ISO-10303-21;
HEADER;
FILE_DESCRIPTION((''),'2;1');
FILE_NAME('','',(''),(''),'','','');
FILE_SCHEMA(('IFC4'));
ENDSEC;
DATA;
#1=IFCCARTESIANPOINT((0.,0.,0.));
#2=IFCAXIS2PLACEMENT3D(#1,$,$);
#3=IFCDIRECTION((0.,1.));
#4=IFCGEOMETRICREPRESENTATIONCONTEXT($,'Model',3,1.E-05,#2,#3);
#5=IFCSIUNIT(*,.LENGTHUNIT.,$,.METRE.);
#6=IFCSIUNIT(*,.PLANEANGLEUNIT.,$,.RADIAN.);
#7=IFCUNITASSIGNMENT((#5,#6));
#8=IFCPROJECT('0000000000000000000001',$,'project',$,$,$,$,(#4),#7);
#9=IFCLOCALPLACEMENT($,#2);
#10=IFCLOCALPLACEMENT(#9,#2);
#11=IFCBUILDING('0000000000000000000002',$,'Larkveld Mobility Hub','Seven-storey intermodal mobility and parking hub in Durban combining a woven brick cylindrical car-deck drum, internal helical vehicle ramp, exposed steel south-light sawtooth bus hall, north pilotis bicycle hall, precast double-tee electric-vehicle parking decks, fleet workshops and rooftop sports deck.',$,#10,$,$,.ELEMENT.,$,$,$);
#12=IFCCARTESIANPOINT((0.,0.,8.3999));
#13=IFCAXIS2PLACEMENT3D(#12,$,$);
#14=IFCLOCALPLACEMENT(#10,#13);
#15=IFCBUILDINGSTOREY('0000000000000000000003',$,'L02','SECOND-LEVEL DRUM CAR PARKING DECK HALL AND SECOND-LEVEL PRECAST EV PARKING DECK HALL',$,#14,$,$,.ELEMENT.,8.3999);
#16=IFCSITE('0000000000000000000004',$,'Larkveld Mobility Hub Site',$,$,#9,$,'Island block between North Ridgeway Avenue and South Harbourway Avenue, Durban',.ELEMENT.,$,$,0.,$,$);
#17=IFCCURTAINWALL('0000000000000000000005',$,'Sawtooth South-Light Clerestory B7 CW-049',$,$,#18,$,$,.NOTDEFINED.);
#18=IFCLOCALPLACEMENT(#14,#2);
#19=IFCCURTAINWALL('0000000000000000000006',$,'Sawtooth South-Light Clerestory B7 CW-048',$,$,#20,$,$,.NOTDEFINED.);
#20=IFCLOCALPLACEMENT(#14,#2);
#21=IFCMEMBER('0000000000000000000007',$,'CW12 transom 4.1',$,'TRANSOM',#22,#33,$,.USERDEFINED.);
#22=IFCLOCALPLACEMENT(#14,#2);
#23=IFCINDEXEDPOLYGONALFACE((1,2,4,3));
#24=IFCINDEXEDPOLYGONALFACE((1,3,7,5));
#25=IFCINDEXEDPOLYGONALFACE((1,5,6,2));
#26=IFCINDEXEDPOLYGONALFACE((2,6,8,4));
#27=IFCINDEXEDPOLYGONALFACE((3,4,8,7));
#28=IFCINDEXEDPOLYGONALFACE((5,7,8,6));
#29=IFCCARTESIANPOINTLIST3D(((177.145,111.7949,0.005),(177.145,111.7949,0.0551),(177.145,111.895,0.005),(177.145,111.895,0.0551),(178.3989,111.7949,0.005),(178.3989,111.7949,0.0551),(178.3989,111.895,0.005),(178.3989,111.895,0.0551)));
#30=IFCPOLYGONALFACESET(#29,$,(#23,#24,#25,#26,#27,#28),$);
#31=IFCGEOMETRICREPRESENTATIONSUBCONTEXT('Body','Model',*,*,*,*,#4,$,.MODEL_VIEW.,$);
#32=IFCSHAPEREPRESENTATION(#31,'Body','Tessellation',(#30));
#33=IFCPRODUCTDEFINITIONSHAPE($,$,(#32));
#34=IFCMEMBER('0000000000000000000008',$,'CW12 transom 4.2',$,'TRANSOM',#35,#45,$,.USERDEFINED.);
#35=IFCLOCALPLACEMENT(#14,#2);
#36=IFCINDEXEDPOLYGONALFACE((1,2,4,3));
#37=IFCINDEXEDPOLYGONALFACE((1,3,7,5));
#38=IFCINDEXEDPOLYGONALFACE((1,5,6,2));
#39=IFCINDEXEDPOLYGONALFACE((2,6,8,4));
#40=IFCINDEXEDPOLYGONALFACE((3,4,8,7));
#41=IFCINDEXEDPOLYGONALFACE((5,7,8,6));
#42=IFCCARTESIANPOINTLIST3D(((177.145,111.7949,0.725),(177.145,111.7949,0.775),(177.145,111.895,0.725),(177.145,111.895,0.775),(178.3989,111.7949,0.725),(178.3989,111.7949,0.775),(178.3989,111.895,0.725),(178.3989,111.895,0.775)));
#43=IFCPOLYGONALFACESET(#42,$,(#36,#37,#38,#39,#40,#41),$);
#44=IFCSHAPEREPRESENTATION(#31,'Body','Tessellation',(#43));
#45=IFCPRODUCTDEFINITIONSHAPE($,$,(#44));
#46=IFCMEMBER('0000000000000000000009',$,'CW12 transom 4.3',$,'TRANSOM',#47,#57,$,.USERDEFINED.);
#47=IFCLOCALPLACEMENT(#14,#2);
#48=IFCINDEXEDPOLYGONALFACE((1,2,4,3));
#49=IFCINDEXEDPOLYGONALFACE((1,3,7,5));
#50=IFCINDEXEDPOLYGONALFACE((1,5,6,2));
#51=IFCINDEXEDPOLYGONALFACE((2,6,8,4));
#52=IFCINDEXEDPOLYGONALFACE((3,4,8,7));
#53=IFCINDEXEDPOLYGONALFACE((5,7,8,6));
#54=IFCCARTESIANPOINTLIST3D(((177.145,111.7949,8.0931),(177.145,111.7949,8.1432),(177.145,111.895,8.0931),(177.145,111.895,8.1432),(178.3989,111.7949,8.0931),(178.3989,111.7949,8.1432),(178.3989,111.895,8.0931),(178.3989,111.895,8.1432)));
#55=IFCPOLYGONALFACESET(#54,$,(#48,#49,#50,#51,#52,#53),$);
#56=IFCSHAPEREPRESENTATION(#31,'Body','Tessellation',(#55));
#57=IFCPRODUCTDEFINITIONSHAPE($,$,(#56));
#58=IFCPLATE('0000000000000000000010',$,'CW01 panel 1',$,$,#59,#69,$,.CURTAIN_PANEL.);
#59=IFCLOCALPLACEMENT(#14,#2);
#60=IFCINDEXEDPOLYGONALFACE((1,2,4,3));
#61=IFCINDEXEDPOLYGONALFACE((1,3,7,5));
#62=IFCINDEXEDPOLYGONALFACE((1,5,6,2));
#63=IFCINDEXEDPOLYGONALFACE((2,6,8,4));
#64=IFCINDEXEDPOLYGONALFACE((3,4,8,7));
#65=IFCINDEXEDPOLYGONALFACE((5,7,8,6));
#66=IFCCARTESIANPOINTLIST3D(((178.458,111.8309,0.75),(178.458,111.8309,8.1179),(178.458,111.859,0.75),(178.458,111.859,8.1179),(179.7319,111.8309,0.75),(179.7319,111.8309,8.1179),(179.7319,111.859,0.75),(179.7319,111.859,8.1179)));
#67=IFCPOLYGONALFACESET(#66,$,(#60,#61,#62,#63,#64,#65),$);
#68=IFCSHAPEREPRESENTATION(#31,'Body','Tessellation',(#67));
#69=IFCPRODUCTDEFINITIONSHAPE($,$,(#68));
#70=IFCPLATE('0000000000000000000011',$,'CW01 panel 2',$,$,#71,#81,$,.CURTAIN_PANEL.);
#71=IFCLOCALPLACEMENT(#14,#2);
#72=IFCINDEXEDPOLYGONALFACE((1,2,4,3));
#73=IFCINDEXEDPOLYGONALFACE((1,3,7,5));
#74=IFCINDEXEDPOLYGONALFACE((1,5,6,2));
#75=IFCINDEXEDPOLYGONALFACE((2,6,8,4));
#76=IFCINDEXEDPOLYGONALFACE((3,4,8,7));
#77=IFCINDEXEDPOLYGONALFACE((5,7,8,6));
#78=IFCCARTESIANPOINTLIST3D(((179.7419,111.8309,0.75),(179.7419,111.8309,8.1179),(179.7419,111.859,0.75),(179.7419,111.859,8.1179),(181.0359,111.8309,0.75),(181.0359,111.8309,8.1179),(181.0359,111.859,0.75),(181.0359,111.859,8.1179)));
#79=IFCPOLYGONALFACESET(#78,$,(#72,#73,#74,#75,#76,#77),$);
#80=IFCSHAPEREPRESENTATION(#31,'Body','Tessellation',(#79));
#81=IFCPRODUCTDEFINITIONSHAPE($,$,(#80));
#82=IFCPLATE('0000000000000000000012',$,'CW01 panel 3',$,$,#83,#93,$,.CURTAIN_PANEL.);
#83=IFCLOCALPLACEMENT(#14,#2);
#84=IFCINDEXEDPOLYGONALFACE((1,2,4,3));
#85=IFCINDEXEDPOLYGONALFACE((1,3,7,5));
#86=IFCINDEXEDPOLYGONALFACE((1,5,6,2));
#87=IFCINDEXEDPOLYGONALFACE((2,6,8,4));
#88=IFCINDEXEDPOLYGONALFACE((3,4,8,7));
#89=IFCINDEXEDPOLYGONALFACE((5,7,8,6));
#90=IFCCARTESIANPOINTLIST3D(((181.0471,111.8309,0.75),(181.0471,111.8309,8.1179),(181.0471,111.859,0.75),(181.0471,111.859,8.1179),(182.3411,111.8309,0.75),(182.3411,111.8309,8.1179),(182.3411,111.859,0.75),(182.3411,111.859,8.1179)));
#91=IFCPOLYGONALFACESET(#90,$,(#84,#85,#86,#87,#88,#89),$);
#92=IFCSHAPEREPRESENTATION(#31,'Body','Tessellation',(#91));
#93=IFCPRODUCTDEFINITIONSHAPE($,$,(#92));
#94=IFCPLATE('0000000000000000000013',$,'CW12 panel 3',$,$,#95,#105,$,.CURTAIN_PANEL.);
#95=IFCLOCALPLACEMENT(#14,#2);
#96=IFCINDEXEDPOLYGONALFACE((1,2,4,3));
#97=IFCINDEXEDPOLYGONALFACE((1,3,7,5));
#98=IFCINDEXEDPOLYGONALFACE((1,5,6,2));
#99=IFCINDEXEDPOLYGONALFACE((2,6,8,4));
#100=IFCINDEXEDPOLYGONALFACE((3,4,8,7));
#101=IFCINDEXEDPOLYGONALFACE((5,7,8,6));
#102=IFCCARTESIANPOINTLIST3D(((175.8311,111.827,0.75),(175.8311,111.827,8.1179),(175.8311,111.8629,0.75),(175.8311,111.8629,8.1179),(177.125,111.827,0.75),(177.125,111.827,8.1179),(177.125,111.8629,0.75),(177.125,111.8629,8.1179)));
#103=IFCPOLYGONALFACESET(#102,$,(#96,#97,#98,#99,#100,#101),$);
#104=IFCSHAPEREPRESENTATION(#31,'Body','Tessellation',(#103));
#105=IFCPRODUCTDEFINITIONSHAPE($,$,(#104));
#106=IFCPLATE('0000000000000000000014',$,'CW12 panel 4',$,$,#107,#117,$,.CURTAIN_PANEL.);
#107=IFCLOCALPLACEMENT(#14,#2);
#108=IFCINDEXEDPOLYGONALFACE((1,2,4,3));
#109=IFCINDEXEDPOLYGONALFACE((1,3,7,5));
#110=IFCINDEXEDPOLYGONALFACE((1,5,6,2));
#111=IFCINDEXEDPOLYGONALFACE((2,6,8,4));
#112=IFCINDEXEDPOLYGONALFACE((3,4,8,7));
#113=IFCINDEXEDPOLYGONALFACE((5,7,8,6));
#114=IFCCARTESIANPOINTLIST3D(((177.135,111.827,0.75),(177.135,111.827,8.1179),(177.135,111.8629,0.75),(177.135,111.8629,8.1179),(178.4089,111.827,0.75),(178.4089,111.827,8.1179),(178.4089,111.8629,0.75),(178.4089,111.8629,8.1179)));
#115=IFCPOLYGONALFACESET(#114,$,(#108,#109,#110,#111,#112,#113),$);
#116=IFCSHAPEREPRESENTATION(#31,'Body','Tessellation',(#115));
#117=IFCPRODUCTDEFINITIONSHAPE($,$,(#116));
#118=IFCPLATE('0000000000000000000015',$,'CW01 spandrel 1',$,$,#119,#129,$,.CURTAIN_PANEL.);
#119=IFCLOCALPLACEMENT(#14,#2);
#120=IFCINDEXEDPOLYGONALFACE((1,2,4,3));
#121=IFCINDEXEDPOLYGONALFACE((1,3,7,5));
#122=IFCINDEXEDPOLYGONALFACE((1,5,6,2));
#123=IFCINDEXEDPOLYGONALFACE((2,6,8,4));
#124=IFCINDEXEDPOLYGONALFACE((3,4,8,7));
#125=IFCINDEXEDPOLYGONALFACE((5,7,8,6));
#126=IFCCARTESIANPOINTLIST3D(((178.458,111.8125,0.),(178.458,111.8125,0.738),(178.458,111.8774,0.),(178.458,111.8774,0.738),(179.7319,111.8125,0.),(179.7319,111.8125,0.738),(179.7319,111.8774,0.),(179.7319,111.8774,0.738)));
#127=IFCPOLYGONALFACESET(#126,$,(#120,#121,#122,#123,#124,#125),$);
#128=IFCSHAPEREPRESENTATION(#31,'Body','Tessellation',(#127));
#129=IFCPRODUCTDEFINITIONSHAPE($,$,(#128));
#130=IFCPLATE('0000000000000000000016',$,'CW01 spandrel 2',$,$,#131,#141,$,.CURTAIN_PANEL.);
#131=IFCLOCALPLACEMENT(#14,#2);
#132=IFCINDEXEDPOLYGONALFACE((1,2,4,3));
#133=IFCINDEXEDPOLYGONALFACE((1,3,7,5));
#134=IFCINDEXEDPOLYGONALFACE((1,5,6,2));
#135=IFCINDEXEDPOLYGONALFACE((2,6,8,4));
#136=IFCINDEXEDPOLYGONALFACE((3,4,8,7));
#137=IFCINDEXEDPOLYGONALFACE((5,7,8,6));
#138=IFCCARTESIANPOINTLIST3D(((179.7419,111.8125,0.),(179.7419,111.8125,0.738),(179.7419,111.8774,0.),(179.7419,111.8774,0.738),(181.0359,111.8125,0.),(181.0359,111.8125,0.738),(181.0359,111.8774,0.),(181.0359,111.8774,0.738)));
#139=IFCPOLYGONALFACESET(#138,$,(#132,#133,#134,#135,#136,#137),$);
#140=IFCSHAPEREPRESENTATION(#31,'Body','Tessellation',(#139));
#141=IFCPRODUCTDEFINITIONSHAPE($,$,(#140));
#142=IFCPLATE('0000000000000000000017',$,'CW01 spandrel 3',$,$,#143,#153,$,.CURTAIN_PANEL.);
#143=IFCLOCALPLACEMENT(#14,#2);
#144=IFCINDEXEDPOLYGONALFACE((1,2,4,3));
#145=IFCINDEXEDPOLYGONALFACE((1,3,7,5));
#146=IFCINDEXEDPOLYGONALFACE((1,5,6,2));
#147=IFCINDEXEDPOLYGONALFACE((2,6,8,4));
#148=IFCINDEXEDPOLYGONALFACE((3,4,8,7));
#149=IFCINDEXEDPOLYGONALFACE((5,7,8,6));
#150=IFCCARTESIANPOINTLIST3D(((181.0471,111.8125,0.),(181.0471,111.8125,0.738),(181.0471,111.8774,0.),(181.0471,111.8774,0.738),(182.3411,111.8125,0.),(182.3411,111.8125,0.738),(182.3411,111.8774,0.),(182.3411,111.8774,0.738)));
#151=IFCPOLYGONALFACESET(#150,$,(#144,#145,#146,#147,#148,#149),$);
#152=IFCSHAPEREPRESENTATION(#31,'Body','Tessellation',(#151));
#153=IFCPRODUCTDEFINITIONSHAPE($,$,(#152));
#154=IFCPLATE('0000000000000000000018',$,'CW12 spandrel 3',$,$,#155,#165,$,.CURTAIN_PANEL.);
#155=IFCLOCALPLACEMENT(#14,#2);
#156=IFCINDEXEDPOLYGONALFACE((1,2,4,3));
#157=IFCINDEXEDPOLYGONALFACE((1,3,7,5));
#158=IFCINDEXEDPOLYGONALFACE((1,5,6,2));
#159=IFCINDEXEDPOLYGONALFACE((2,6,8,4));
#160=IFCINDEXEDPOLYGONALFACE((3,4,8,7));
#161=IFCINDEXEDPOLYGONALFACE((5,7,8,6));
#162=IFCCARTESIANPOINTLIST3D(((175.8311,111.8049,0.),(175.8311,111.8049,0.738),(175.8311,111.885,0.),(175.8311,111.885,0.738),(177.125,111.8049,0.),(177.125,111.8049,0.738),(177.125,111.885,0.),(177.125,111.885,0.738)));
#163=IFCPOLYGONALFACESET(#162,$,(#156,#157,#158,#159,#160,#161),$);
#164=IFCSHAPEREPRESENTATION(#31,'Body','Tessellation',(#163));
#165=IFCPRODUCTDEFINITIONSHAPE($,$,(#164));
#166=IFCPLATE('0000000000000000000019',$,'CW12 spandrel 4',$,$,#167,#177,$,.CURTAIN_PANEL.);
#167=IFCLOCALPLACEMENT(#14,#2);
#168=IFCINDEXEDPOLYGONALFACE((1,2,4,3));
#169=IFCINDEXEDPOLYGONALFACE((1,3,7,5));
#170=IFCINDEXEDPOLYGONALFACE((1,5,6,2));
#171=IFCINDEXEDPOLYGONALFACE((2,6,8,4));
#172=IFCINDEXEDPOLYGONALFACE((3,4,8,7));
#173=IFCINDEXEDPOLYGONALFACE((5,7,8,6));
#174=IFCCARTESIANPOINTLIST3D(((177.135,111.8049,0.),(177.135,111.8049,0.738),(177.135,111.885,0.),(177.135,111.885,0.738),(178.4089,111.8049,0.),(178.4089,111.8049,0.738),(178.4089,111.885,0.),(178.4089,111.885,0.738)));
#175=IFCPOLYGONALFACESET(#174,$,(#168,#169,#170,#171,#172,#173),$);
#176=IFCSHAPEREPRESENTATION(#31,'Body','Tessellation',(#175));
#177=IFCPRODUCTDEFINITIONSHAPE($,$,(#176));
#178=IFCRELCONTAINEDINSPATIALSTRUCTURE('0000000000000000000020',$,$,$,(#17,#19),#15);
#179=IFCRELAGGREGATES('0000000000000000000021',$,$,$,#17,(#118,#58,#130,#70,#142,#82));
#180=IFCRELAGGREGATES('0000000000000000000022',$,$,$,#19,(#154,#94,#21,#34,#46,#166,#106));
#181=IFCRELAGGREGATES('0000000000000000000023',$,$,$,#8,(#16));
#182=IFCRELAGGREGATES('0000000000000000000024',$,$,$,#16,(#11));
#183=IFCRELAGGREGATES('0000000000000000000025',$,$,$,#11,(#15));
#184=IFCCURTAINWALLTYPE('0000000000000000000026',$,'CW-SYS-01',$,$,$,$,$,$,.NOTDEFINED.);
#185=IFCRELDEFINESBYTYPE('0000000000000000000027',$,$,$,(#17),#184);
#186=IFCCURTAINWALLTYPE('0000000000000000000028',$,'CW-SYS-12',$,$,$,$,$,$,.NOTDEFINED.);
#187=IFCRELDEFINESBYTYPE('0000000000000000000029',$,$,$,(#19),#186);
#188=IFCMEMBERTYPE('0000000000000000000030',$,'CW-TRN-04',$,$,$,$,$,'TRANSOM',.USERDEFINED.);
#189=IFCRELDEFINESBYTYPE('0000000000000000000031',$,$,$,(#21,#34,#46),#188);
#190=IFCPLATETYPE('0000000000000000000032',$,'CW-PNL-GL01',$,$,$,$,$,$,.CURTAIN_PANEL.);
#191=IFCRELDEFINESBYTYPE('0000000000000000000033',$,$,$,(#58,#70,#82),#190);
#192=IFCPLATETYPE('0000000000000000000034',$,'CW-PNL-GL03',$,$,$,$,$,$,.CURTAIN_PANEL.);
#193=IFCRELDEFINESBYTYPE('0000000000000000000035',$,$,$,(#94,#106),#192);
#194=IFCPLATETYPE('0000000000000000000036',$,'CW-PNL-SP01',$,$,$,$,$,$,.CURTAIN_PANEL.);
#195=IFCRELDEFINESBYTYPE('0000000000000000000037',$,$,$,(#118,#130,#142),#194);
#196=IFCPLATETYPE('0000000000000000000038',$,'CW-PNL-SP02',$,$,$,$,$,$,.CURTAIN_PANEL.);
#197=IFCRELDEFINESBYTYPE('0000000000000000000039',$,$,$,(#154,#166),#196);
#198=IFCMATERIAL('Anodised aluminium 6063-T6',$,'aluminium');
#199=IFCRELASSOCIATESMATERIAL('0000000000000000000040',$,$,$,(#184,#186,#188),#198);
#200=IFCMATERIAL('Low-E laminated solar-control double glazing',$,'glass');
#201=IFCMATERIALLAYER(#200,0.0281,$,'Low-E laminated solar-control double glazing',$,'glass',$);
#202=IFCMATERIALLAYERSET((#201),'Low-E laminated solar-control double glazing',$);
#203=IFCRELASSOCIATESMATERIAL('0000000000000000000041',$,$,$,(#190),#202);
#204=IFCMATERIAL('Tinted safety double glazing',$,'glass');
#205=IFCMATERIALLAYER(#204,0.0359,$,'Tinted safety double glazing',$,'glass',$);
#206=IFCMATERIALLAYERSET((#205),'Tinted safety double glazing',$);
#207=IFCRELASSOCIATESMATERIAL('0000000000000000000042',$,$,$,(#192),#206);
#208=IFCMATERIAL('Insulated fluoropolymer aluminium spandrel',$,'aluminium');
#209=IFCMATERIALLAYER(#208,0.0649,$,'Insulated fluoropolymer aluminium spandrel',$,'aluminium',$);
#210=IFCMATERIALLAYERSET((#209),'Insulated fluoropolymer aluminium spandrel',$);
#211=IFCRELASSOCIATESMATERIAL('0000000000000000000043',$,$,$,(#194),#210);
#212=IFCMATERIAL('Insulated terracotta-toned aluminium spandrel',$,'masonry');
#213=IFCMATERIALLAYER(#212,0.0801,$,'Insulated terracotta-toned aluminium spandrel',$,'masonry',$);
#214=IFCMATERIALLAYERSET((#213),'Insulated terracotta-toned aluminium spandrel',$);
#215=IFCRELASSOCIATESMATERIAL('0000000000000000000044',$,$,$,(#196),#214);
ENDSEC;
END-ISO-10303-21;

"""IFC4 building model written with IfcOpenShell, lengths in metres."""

from ifc_helpers import new_model, si_unit, direction, frame, origin, origin_2d, place, context, subcontext, project, spatial, rectangle, extrude, material, layer, layer_set, material_profile, profile_set, type_object, element, aggregate, save


model = new_model("IFC4")

# Units and contexts
model_context = context("Model", 3, precision=1e-05, world=origin(), true_north=direction((0.0, 1.0)))
body_context = subcontext(model_context, "Body", "Model", "MODEL_VIEW")
ifc_project = project(units=[si_unit("LENGTHUNIT", "METRE"), si_unit("PLANEANGLEUNIT", "RADIAN")], contexts=[model_context])

# Site, building, storey
site_placement = place(None, origin())
site = spatial("IfcSite", under=ifc_project, at=site_placement, Name="Larkveld Mobility Hub Site", LongName="Island block between North Ridgeway Avenue and South Harbourway Avenue, Durban", CompositionType="ELEMENT", RefElevation=0.0)
building_placement = place(site_placement, origin())
building = spatial("IfcBuilding", under=site, at=building_placement, Name="Larkveld Mobility Hub", Description="Seven-storey intermodal mobility and parking hub in Durban combining a woven brick cylindrical car-deck drum, internal helical vehicle ramp, exposed steel south-light sawtooth bus hall, north pilotis bicycle hall, precast double-tee electric-vehicle parking decks, fleet workshops and rooftop sports deck.", CompositionType="ELEMENT")
storey_placement = place(building_placement, frame((0.0, 0.0, 8.3999)))
storey = spatial("IfcBuildingStorey", under=building, at=storey_placement, Name="L02", Description="SECOND-LEVEL DRUM CAR PARKING DECK HALL AND SECOND-LEVEL PRECAST EV PARKING DECK HALL", CompositionType="ELEMENT", Elevation=8.3999)

# Curtain walls
ifc_material_1 = material(Name="Anodised aluminium 6063-T6", Category="aluminium")
curtain_wall_type_1 = type_object("IfcCurtainWallType", Name="CW-SYS-01", PredefinedType="NOTDEFINED", material=ifc_material_1)
curtain_wall_1_placement = place(storey_placement, origin())
curtain_wall_1 = element("IfcCurtainWall", 1, at=curtain_wall_1_placement, inside=storey, type_object=curtain_wall_type_1, Name="Sawtooth South-Light Clerestory B7 CW-049", PredefinedType="NOTDEFINED")
curtain_wall_type_2 = type_object("IfcCurtainWallType", Name="CW-SYS-12", PredefinedType="NOTDEFINED", material=ifc_material_1)
curtain_wall_2_placement = place(storey_placement, origin())
curtain_wall_2 = element("IfcCurtainWall", 2, at=curtain_wall_2_placement, inside=storey, type_object=curtain_wall_type_2, Name="Sawtooth South-Light Clerestory B7 CW-048", PredefinedType="NOTDEFINED")

# Members
ifc_material_profile_1 = material_profile(ifc_material_1, rectangle(XDim=0.1001, YDim=0.05, at=origin_2d()), Name="ALU TRAN 50x100")
ifc_profile_set_1 = profile_set([ifc_material_profile_1], Name="Anodised aluminium 6063-T6")
member_type_1 = type_object("IfcMemberType", Name="CW-TRN-04", ElementType="TRANSOM", PredefinedType="USERDEFINED", material=ifc_profile_set_1)
member_1_placement = place(storey_placement, frame((177.145, 111.845, 0.03), z_axis=(1.0, 0.0, 0.0), x_axis=(0.0, 1.0, 0.0)))
member_1 = element("IfcMember", 3, at=member_1_placement, type_object=member_type_1, Name="CW12 transom 4.1", ObjectType="TRANSOM", PredefinedType="USERDEFINED", context=body_context, shape_type="SweptSolid", body=[
    extrude(rectangle(XDim=0.1001, YDim=0.05, at=origin_2d()), origin(), (0.0, 0.0, 1.0), 1.2539),
])
member_2_placement = place(storey_placement, frame((177.145, 111.845, 0.75), z_axis=(1.0, 0.0, 0.0), x_axis=(0.0, 1.0, 0.0)))
member_2 = element("IfcMember", 4, at=member_2_placement, type_object=member_type_1, Name="CW12 transom 4.2", ObjectType="TRANSOM", PredefinedType="USERDEFINED", context=body_context, shape_type="SweptSolid", body=[
    extrude(rectangle(XDim=0.1001, YDim=0.05, at=origin_2d()), origin(), (0.0, 0.0, 1.0), 1.2539),
])
member_3_placement = place(storey_placement, frame((177.145, 111.845, 8.1182), z_axis=(1.0, 0.0, 0.0), x_axis=(0.0, 1.0, 0.0)))
member_3 = element("IfcMember", 5, at=member_3_placement, type_object=member_type_1, Name="CW12 transom 4.3", ObjectType="TRANSOM", PredefinedType="USERDEFINED", context=body_context, shape_type="SweptSolid", body=[
    extrude(rectangle(XDim=0.1001, YDim=0.05, at=origin_2d()), origin(), (0.0, 0.0, 1.0), 1.2539),
])

# Plates
ifc_material_2 = material(Name="Low-E laminated solar-control double glazing", Category="glass")
ifc_layer_1 = layer(ifc_material_2, 0.0281, Name="Low-E laminated solar-control double glazing", Category="glass")
ifc_layer_set_1 = layer_set([ifc_layer_1], Name="Low-E laminated solar-control double glazing")
plate_type_1 = type_object("IfcPlateType", Name="CW-PNL-GL01", PredefinedType="CURTAIN_PANEL", material=ifc_layer_set_1)
plate_1_placement = place(storey_placement, frame((179.095, 111.845, 0.75), z_axis=(0.0, 0.0, 1.0), x_axis=(1.0, 0.0, 0.0)))
plate_1 = element("IfcPlate", 6, at=plate_1_placement, type_object=plate_type_1, Name="CW01 panel 1", PredefinedType="CURTAIN_PANEL", context=body_context, shape_type="SweptSolid", body=[
    extrude(rectangle(XDim=1.2739, YDim=0.0281, at=origin_2d()), origin(), (0.0, 0.0, 1.0), 7.3679),
])
plate_2_placement = place(storey_placement, frame((180.3889, 111.845, 0.75), z_axis=(0.0, 0.0, 1.0), x_axis=(1.0, 0.0, 0.0)))
plate_2 = element("IfcPlate", 7, at=plate_2_placement, type_object=plate_type_1, Name="CW01 panel 2", PredefinedType="CURTAIN_PANEL", context=body_context, shape_type="SweptSolid", body=[
    extrude(rectangle(XDim=1.2939, YDim=0.0281, at=origin_2d()), origin(), (0.0, 0.0, 1.0), 7.3679),
])
plate_3_placement = place(storey_placement, frame((181.6941, 111.845, 0.75), z_axis=(0.0, 0.0, 1.0), x_axis=(1.0, 0.0, 0.0)))
plate_3 = element("IfcPlate", 8, at=plate_3_placement, type_object=plate_type_1, Name="CW01 panel 3", PredefinedType="CURTAIN_PANEL", context=body_context, shape_type="SweptSolid", body=[
    extrude(rectangle(XDim=1.2939, YDim=0.0281, at=origin_2d()), origin(), (0.0, 0.0, 1.0), 7.3679),
])
ifc_material_3 = material(Name="Tinted safety double glazing", Category="glass")
ifc_layer_2 = layer(ifc_material_3, 0.0359, Name="Tinted safety double glazing", Category="glass")
ifc_layer_set_2 = layer_set([ifc_layer_2], Name="Tinted safety double glazing")
plate_type_2 = type_object("IfcPlateType", Name="CW-PNL-GL03", PredefinedType="CURTAIN_PANEL", material=ifc_layer_set_2)
plate_4_placement = place(storey_placement, frame((176.478, 111.845, 0.75), z_axis=(0.0, 0.0, 1.0), x_axis=(1.0, 0.0, 0.0)))
plate_4 = element("IfcPlate", 9, at=plate_4_placement, type_object=plate_type_2, Name="CW12 panel 3", PredefinedType="CURTAIN_PANEL", context=body_context, shape_type="SweptSolid", body=[
    extrude(rectangle(XDim=1.2939, YDim=0.0359, at=origin_2d()), origin(), (0.0, 0.0, 1.0), 7.3679),
])
plate_5_placement = place(storey_placement, frame((177.772, 111.845, 0.75), z_axis=(0.0, 0.0, 1.0), x_axis=(1.0, 0.0, 0.0)))
plate_5 = element("IfcPlate", 10, at=plate_5_placement, type_object=plate_type_2, Name="CW12 panel 4", PredefinedType="CURTAIN_PANEL", context=body_context, shape_type="SweptSolid", body=[
    extrude(rectangle(XDim=1.2739, YDim=0.0359, at=origin_2d()), origin(), (0.0, 0.0, 1.0), 7.3679),
])
ifc_material_4 = material(Name="Insulated fluoropolymer aluminium spandrel", Category="aluminium")
ifc_layer_3 = layer(ifc_material_4, 0.0649, Name="Insulated fluoropolymer aluminium spandrel", Category="aluminium")
ifc_layer_set_3 = layer_set([ifc_layer_3], Name="Insulated fluoropolymer aluminium spandrel")
plate_type_3 = type_object("IfcPlateType", Name="CW-PNL-SP01", PredefinedType="CURTAIN_PANEL", material=ifc_layer_set_3)
plate_6_placement = place(storey_placement, frame((179.095, 111.845, 0.0), z_axis=(0.0, 0.0, 1.0), x_axis=(1.0, 0.0, 0.0)))
plate_6 = element("IfcPlate", 11, at=plate_6_placement, type_object=plate_type_3, Name="CW01 spandrel 1", PredefinedType="CURTAIN_PANEL", context=body_context, shape_type="SweptSolid", body=[
    extrude(rectangle(XDim=1.2739, YDim=0.0649, at=origin_2d()), origin(), (0.0, 0.0, 1.0), 0.738),
])
plate_7_placement = place(storey_placement, frame((180.3889, 111.845, 0.0), z_axis=(0.0, 0.0, 1.0), x_axis=(1.0, 0.0, 0.0)))
plate_7 = element("IfcPlate", 12, at=plate_7_placement, type_object=plate_type_3, Name="CW01 spandrel 2", PredefinedType="CURTAIN_PANEL", context=body_context, shape_type="SweptSolid", body=[
    extrude(rectangle(XDim=1.2939, YDim=0.0649, at=origin_2d()), origin(), (0.0, 0.0, 1.0), 0.738),
])
plate_8_placement = place(storey_placement, frame((181.6941, 111.845, 0.0), z_axis=(0.0, 0.0, 1.0), x_axis=(1.0, 0.0, 0.0)))
plate_8 = element("IfcPlate", 13, at=plate_8_placement, type_object=plate_type_3, Name="CW01 spandrel 3", PredefinedType="CURTAIN_PANEL", context=body_context, shape_type="SweptSolid", body=[
    extrude(rectangle(XDim=1.2939, YDim=0.0649, at=origin_2d()), origin(), (0.0, 0.0, 1.0), 0.738),
])
aggregate(curtain_wall_1, [plate_6, plate_1, plate_7, plate_2, plate_8, plate_3])
ifc_material_5 = material(Name="Insulated terracotta-toned aluminium spandrel", Category="masonry")
ifc_layer_4 = layer(ifc_material_5, 0.0801, Name="Insulated terracotta-toned aluminium spandrel", Category="masonry")
ifc_layer_set_4 = layer_set([ifc_layer_4], Name="Insulated terracotta-toned aluminium spandrel")
plate_type_4 = type_object("IfcPlateType", Name="CW-PNL-SP02", PredefinedType="CURTAIN_PANEL", material=ifc_layer_set_4)
plate_9_placement = place(storey_placement, frame((176.478, 111.845, 0.0), z_axis=(0.0, 0.0, 1.0), x_axis=(1.0, 0.0, 0.0)))
plate_9 = element("IfcPlate", 14, at=plate_9_placement, type_object=plate_type_4, Name="CW12 spandrel 3", PredefinedType="CURTAIN_PANEL", context=body_context, shape_type="SweptSolid", body=[
    extrude(rectangle(XDim=1.2939, YDim=0.0801, at=origin_2d()), origin(), (0.0, 0.0, 1.0), 0.738),
])
plate_10_placement = place(storey_placement, frame((177.772, 111.845, 0.0), z_axis=(0.0, 0.0, 1.0), x_axis=(1.0, 0.0, 0.0)))
plate_10 = element("IfcPlate", 15, at=plate_10_placement, type_object=plate_type_4, Name="CW12 spandrel 4", PredefinedType="CURTAIN_PANEL", context=body_context, shape_type="SweptSolid", body=[
    extrude(rectangle(XDim=1.2739, YDim=0.0801, at=origin_2d()), origin(), (0.0, 0.0, 1.0), 0.738),
])
aggregate(curtain_wall_2, [plate_9, plate_4, member_1, member_2, member_3, plate_10, plate_5])

save(model, "model.ifc")
